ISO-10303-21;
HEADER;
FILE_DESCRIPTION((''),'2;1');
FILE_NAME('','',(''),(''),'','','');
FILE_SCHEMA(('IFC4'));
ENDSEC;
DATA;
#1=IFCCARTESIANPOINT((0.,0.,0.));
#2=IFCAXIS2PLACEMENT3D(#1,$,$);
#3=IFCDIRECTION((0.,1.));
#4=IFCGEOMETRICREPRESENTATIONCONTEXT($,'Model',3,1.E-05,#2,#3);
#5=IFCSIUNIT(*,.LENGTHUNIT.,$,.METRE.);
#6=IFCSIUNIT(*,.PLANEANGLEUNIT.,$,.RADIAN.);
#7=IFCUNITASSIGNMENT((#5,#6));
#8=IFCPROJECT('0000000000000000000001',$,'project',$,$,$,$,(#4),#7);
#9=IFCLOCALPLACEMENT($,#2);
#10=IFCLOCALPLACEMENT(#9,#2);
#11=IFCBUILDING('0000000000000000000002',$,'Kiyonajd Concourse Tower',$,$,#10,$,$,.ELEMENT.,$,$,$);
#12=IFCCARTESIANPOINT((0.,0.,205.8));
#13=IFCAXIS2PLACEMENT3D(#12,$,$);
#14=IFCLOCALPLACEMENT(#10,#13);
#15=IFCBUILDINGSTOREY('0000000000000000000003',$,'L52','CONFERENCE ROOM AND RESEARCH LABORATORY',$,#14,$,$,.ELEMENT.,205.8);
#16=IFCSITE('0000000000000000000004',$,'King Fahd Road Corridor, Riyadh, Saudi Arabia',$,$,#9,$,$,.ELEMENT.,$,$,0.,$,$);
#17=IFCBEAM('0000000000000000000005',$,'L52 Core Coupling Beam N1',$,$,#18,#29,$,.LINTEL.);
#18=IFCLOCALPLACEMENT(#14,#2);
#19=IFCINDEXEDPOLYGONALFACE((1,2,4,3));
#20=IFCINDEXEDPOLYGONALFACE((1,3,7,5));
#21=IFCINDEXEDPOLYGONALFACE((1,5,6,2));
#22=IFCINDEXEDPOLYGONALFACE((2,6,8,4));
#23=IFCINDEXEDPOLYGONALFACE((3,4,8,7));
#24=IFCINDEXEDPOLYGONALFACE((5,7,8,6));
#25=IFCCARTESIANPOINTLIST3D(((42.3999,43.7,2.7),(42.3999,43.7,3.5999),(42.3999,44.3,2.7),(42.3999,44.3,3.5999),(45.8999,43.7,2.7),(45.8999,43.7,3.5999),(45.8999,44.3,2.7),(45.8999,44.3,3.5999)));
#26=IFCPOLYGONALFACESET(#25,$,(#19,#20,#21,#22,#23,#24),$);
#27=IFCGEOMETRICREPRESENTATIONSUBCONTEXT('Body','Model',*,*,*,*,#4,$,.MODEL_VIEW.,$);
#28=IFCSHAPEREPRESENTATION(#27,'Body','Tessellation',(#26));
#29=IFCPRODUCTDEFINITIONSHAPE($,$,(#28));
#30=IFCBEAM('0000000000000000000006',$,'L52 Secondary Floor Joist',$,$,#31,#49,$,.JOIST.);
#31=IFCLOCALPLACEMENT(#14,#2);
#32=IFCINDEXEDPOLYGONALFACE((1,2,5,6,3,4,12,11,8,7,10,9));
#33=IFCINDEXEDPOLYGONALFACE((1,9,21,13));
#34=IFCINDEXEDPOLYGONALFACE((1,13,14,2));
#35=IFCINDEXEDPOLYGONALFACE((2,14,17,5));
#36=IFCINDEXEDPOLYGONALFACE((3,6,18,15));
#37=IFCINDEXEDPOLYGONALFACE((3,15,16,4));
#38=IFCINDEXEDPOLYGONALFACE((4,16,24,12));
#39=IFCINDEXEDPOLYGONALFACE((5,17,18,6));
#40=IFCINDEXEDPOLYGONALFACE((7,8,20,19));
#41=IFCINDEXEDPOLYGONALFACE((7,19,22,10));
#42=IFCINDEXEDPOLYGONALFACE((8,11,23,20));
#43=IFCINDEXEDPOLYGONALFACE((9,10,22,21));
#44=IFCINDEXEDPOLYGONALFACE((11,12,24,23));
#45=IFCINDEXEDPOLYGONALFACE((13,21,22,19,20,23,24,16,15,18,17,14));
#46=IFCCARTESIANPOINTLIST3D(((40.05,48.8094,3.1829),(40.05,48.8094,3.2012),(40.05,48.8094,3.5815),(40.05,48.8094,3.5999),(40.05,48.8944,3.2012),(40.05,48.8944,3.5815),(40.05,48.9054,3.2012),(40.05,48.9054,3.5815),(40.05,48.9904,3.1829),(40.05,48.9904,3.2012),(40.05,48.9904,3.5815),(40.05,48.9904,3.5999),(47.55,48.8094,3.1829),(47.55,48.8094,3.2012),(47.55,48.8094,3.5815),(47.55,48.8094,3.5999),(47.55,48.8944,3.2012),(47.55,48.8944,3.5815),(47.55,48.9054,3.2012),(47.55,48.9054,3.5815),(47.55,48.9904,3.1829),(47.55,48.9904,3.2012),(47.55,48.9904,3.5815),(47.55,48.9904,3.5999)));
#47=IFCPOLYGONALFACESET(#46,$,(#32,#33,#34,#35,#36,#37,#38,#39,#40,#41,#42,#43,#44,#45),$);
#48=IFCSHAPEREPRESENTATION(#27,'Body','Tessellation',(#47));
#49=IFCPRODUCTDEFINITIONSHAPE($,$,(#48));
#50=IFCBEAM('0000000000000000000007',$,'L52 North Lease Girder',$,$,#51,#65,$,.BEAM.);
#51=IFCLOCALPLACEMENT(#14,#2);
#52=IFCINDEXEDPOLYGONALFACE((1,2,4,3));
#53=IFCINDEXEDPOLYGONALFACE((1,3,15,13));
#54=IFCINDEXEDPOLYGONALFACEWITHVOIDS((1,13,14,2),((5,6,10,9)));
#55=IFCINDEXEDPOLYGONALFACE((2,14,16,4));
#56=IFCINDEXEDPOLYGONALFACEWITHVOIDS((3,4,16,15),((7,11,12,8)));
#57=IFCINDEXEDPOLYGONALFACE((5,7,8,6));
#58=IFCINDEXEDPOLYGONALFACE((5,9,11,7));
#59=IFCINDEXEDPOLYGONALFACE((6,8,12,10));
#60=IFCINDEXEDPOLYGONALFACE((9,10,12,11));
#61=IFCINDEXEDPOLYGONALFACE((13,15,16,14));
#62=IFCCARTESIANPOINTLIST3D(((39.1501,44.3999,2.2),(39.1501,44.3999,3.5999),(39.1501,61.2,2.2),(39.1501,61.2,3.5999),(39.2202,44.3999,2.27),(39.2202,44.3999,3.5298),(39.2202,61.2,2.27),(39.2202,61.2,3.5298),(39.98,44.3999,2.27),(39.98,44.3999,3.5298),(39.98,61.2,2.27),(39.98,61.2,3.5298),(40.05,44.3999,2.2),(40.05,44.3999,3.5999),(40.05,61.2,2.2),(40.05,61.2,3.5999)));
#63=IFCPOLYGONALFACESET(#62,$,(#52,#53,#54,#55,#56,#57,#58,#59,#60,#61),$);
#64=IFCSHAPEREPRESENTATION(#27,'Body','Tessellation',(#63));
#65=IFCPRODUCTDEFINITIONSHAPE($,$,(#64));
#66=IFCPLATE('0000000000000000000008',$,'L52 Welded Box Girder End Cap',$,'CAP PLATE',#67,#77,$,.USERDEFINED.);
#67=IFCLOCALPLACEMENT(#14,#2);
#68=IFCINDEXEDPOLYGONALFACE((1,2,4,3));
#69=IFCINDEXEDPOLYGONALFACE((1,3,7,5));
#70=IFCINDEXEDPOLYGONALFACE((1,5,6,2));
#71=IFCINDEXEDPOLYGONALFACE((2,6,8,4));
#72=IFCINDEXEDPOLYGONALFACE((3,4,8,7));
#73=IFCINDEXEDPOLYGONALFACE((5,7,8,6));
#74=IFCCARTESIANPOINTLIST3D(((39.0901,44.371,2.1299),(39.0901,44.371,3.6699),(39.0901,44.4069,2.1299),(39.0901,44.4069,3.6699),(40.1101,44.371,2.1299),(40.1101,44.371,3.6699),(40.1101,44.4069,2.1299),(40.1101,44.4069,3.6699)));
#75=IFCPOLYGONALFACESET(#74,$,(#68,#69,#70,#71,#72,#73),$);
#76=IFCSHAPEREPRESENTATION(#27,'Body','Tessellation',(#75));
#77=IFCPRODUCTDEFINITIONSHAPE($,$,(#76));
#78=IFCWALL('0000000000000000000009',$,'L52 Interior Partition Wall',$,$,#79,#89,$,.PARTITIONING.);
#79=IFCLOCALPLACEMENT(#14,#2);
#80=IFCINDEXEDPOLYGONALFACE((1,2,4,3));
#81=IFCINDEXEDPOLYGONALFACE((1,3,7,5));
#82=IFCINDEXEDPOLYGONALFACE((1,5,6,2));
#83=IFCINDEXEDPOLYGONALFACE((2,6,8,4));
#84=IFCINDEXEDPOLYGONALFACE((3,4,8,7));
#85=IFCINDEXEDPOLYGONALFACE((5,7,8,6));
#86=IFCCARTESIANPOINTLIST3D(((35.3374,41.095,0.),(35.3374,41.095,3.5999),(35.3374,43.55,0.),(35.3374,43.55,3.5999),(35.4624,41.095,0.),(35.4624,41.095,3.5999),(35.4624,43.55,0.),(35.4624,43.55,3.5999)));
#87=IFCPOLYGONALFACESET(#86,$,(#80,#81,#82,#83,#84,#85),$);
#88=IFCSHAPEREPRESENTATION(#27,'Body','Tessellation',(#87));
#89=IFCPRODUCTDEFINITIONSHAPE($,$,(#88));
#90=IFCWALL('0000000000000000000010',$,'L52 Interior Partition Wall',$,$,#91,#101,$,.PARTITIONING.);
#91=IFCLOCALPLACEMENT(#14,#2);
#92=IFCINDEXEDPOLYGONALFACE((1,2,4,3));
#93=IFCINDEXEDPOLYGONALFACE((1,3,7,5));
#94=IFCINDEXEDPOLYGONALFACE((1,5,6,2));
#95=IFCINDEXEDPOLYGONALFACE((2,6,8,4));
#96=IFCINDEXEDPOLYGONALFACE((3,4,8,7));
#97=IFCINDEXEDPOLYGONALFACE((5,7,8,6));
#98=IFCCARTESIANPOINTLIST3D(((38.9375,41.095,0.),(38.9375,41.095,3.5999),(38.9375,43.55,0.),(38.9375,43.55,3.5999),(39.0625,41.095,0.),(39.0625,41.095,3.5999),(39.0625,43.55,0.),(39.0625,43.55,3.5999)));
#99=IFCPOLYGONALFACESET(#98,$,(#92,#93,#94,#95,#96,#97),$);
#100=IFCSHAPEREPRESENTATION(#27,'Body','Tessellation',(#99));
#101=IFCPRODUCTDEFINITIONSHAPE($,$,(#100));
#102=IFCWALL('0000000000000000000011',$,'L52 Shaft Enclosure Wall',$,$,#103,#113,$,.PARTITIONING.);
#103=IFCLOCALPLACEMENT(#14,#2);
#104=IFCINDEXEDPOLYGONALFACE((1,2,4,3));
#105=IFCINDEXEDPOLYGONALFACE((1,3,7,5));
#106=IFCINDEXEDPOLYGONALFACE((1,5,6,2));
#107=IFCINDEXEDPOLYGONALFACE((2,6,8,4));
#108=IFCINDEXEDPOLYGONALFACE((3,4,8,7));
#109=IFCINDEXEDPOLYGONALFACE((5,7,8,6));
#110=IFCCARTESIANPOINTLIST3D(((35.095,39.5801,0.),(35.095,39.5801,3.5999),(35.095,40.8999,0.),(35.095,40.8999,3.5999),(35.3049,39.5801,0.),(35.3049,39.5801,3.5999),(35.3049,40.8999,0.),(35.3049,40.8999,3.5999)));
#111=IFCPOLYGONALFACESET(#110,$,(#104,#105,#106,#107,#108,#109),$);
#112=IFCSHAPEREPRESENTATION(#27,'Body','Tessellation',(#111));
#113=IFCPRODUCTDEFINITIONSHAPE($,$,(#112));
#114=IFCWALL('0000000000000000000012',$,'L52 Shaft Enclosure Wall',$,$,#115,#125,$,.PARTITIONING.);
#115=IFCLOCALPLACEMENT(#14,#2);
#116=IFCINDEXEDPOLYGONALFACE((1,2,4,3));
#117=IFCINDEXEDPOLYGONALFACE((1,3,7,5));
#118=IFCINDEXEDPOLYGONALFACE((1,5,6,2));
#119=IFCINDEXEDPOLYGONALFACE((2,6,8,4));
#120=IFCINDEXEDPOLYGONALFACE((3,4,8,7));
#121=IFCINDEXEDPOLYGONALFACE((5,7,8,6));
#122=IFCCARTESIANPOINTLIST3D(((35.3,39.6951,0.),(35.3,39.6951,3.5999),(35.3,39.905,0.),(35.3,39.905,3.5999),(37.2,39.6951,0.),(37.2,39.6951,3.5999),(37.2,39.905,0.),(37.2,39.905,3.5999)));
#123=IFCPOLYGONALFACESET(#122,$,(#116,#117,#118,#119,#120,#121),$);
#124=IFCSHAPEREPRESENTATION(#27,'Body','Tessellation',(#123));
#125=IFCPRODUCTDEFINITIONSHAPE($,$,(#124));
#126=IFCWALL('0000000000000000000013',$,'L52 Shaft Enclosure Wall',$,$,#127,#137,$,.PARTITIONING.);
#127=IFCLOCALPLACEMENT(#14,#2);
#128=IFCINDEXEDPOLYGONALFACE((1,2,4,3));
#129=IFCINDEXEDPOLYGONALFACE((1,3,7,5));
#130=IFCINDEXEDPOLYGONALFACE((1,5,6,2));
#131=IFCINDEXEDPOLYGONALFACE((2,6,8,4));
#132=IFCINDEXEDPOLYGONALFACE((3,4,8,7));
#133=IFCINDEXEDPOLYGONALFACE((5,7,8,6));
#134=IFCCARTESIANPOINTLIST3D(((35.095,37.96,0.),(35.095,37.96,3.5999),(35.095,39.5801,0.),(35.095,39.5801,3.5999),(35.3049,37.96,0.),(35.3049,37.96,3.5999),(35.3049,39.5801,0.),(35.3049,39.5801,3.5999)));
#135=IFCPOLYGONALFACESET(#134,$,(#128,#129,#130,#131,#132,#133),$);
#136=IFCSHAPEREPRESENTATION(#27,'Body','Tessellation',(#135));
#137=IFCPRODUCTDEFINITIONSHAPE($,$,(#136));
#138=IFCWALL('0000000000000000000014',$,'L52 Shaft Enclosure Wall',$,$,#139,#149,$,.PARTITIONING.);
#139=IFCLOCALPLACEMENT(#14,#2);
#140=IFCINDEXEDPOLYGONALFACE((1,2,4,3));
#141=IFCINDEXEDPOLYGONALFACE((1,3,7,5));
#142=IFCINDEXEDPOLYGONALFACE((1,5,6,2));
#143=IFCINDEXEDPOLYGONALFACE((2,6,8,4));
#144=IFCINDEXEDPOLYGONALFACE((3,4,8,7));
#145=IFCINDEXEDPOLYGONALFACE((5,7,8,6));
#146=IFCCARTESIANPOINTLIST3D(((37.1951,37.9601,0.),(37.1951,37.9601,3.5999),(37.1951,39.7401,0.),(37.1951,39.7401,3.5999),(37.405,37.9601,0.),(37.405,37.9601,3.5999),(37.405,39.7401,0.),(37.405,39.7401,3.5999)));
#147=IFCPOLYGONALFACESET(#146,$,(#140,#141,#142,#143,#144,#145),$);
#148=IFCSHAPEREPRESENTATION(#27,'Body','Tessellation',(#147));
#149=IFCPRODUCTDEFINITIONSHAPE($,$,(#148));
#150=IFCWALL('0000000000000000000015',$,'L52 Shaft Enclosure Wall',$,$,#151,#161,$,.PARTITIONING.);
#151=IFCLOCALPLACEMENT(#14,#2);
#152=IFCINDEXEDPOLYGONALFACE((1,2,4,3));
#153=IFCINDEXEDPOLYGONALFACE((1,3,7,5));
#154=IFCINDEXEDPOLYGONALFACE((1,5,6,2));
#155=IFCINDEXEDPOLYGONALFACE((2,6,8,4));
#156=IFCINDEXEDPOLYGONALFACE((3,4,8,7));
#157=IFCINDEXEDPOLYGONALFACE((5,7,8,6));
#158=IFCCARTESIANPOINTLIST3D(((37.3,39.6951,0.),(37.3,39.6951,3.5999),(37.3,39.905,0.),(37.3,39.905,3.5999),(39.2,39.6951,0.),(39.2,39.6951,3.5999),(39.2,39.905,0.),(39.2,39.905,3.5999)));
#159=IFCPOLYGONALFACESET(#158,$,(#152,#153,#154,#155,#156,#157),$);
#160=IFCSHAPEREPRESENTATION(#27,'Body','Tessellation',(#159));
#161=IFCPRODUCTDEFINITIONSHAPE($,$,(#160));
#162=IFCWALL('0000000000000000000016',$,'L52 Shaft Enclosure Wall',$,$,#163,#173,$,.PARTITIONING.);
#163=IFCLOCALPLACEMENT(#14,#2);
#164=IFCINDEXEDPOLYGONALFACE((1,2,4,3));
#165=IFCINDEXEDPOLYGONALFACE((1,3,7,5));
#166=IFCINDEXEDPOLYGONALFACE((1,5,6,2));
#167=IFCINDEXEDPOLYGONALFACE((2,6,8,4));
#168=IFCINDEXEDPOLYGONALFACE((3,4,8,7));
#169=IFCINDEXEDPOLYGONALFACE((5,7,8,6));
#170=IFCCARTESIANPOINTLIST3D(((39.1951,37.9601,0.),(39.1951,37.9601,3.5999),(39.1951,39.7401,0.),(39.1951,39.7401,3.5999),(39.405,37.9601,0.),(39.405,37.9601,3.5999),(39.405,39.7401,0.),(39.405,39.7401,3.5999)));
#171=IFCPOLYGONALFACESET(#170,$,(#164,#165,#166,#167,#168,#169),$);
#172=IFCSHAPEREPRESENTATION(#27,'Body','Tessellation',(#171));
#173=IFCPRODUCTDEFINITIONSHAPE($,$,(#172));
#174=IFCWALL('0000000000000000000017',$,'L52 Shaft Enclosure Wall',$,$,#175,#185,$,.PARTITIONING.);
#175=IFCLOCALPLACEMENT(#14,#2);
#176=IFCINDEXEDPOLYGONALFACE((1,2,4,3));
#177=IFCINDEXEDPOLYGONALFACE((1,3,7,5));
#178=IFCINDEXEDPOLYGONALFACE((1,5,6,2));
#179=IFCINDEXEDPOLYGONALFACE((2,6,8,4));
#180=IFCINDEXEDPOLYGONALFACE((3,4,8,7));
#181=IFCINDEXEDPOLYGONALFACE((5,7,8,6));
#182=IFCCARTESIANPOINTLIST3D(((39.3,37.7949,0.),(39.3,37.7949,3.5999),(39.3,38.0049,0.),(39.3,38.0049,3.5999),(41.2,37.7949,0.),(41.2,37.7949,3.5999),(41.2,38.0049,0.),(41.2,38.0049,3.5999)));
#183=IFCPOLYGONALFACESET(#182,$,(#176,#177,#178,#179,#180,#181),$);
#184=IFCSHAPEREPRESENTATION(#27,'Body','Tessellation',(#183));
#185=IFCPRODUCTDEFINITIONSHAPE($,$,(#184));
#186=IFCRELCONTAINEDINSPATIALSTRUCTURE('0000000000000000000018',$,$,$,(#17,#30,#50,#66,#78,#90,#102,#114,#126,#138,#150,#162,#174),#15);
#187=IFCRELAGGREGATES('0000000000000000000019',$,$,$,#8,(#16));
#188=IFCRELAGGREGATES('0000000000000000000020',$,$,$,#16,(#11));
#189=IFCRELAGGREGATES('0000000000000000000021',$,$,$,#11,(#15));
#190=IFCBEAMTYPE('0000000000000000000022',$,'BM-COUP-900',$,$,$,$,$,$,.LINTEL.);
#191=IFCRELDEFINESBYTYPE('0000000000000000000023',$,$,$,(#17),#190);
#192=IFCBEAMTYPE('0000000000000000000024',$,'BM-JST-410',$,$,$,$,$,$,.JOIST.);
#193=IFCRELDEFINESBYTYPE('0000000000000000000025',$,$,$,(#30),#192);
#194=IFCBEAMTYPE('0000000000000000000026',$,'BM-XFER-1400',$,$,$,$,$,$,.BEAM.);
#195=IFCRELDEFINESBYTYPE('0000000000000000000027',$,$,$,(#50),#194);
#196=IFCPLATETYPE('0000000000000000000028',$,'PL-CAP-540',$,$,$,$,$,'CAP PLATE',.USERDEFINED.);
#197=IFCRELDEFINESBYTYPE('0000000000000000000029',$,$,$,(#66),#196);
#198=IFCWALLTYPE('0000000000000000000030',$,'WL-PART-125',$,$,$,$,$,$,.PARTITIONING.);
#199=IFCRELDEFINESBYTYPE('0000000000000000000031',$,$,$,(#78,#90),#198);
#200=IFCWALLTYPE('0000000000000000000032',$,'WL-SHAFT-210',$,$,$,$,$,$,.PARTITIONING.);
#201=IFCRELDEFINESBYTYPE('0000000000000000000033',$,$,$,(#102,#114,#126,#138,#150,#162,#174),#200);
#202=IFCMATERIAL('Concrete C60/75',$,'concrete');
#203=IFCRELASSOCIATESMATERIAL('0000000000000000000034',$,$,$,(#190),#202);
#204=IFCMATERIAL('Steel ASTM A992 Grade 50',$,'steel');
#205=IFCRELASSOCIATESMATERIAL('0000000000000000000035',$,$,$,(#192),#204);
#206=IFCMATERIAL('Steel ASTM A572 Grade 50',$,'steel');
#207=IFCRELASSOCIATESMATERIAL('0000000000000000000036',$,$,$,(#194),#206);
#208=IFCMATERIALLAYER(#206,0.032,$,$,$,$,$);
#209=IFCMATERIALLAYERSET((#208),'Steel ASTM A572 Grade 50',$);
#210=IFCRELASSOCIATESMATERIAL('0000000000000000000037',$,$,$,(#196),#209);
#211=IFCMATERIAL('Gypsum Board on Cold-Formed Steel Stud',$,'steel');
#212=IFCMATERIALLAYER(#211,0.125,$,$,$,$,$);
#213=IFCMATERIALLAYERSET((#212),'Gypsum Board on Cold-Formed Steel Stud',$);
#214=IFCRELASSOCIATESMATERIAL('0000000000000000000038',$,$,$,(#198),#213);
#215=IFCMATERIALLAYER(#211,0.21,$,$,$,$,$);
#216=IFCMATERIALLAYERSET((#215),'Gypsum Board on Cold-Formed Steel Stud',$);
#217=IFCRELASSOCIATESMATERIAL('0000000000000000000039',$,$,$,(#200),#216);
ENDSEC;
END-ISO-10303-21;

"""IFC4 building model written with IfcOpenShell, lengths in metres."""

from ifc_helpers import new_model, si_unit, direction, frame, frame_2d, origin, origin_2d, place, context, subcontext, project, spatial, rectangle, hollow_rectangle, i_section, extrude, material, layer, layer_set, material_profile, profile_set, type_object, element, save


model = new_model("IFC4")

# Units and contexts
model_context = context("Model", 3, precision=1e-05, world=origin(), true_north=direction((0.0, 1.0)))
body_context = subcontext(model_context, "Body", "Model", "MODEL_VIEW")
ifc_project = project(units=[si_unit("LENGTHUNIT", "METRE"), si_unit("PLANEANGLEUNIT", "RADIAN")], contexts=[model_context])

# Site, building, storey
site_placement = place(None, origin())
site = spatial("IfcSite", under=ifc_project, at=site_placement, Name="King Fahd Road Corridor, Riyadh, Saudi Arabia", CompositionType="ELEMENT", RefElevation=0.0)
building_placement = place(site_placement, origin())
building = spatial("IfcBuilding", under=site, at=building_placement, Name="Kiyonajd Concourse Tower", CompositionType="ELEMENT")
storey_placement = place(building_placement, frame((0.0, 0.0, 205.8)))
storey = spatial("IfcBuildingStorey", under=building, at=storey_placement, Name="L52", Description="CONFERENCE ROOM AND RESEARCH LABORATORY", CompositionType="ELEMENT", Elevation=205.8)

# Beams
ifc_material_1 = material(Name="Concrete C60/75", Category="concrete")
ifc_material_profile_1 = material_profile(ifc_material_1, rectangle(XDim=0.6001, YDim=0.8999, at=origin_2d()), Name="RCBM-600x900")
ifc_profile_set_1 = profile_set([ifc_material_profile_1], Name="Concrete C60/75")
beam_type_1 = type_object("IfcBeamType", Name="BM-COUP-900", PredefinedType="LINTEL", material=ifc_profile_set_1)
beam_1_placement = place(storey_placement, frame((42.3999, 44.0, 3.1499), z_axis=(1.0, 0.0, 0.0), x_axis=(0.0, 1.0, 0.0)))
element("IfcBeam", 1, at=beam_1_placement, inside=storey, type_object=beam_type_1, Name="L52 Core Coupling Beam N1", PredefinedType="LINTEL", context=body_context, shape_type="SweptSolid", body=[
    extrude(rectangle(XDim=0.6001, YDim=0.8999, at=origin_2d()), origin(), (0.0, 0.0, 1.0), 3.5),
])
ifc_material_2 = material(Name="Steel ASTM A992 Grade 50", Category="steel")
ifc_material_profile_2 = material_profile(ifc_material_2, i_section(OverallWidth=0.1809, OverallDepth=0.417, WebThickness=0.011, FlangeThickness=0.0183, at=origin_2d()), Name="W410X85")
ifc_profile_set_2 = profile_set([ifc_material_profile_2], Name="Steel ASTM A992 Grade 50")
beam_type_2 = type_object("IfcBeamType", Name="BM-JST-410", PredefinedType="JOIST", material=ifc_profile_set_2)
beam_2_placement = place(storey_placement, frame((40.05, 48.8999, 3.3914), z_axis=(1.0, 0.0, 0.0), x_axis=(0.0, 1.0, 0.0)))
element("IfcBeam", 2, at=beam_2_placement, inside=storey, type_object=beam_type_2, Name="L52 Secondary Floor Joist", PredefinedType="JOIST", context=body_context, shape_type="SweptSolid", body=[
    extrude(i_section(OverallWidth=0.1809, OverallDepth=0.417, WebThickness=0.011, FlangeThickness=0.0183, at=origin_2d()), origin(), (0.0, 0.0, 1.0), 7.5),
])
ifc_material_3 = material(Name="Steel ASTM A572 Grade 50", Category="steel")
ifc_material_profile_3 = material_profile(ifc_material_3, hollow_rectangle(XDim=0.8999, YDim=1.3999, WallThickness=0.0701, at=origin_2d()), Name="BOX-1400x900x70")
ifc_profile_set_3 = profile_set([ifc_material_profile_3], Name="Steel ASTM A572 Grade 50")
beam_type_3 = type_object("IfcBeamType", Name="BM-XFER-1400", PredefinedType="BEAM", material=ifc_profile_set_3)
beam_3_placement = place(storey_placement, frame((39.6001, 44.3999, 2.8999), z_axis=(0.0, 1.0, 0.0), x_axis=(-1.0, 0.0, 0.0)))
element("IfcBeam", 3, at=beam_3_placement, inside=storey, type_object=beam_type_3, Name="L52 North Lease Girder", PredefinedType="BEAM", context=body_context, shape_type="SweptSolid", body=[
    extrude(hollow_rectangle(XDim=0.8999, YDim=1.3999, WallThickness=0.0701, at=origin_2d()), origin(), (0.0, 0.0, 1.0), 16.8),
])

# Plate
ifc_layer_1 = layer(ifc_material_3, 0.032)
ifc_layer_set_1 = layer_set([ifc_layer_1], Name="Steel ASTM A572 Grade 50")
plate_type = type_object("IfcPlateType", Name="PL-CAP-540", ElementType="CAP PLATE", PredefinedType="USERDEFINED", material=ifc_layer_set_1)
plate_placement = place(storey_placement, frame((39.6001, 44.3889, 2.1299), z_axis=(0.0, 0.0, 1.0), x_axis=(0.0, -1.0, 0.0)))
element("IfcPlate", 4, at=plate_placement, inside=storey, type_object=plate_type, Name="L52 Welded Box Girder End Cap", ObjectType="CAP PLATE", PredefinedType="USERDEFINED", context=body_context, shape_type="SweptSolid", body=[
    extrude(rectangle(XDim=0.0359, YDim=1.02, at=origin_2d()), origin(), (0.0, 0.0, 1.0), 1.54),
])

# Walls
ifc_material_4 = material(Name="Gypsum Board on Cold-Formed Steel Stud", Category="steel")
ifc_layer_2 = layer(ifc_material_4, 0.125)
ifc_layer_set_2 = layer_set([ifc_layer_2], Name="Gypsum Board on Cold-Formed Steel Stud")
wall_type_1 = type_object("IfcWallType", Name="WL-PART-125", PredefinedType="PARTITIONING", material=ifc_layer_set_2)
for number, where, z_axis, x_axis, name in (
    (5, (35.3999, 41.095, 0.0), (0.0, 0.0, 1.0), (0.0, 1.0, 0.0), "L52 Interior Partition Wall"),
    (6, (39.0, 41.095, 0.0), (0.0, 0.0, 1.0), (0.0, 1.0, 0.0), "L52 Interior Partition Wall"),
):
    element("IfcWall", number, at=place(storey_placement, frame(where, z_axis=z_axis, x_axis=x_axis)), inside=storey, type_object=wall_type_1, Name=name, PredefinedType="PARTITIONING", context=body_context, shape_type="SweptSolid", body=[
        extrude(rectangle(XDim=2.4551, YDim=0.125, at=frame_2d((1.2275, 0.0))), origin(), (0.0, 0.0, 1.0), 3.5999),
    ])
ifc_layer_3 = layer(ifc_material_4, 0.21)
ifc_layer_set_3 = layer_set([ifc_layer_3], Name="Gypsum Board on Cold-Formed Steel Stud")
wall_type_2 = type_object("IfcWallType", Name="WL-SHAFT-210", PredefinedType="PARTITIONING", material=ifc_layer_set_3)
wall_1_placement = place(storey_placement, frame((35.2, 39.5801, 0.0), z_axis=(0.0, 0.0, 1.0), x_axis=(0.0, 1.0, 0.0)))
element("IfcWall", 7, at=wall_1_placement, inside=storey, type_object=wall_type_2, Name="L52 Shaft Enclosure Wall", PredefinedType="PARTITIONING", context=body_context, shape_type="SweptSolid", body=[
    extrude(rectangle(XDim=1.3198, YDim=0.21, at=frame_2d((0.6599, 0.0))), origin(), (0.0, 0.0, 1.0), 3.5999),
])
wall_2_placement = place(storey_placement, frame((35.3, 39.8, 0.0), z_axis=(0.0, 0.0, 1.0), x_axis=(1.0, 0.0, 0.0)))
element("IfcWall", 8, at=wall_2_placement, inside=storey, type_object=wall_type_2, Name="L52 Shaft Enclosure Wall", PredefinedType="PARTITIONING", context=body_context, shape_type="SweptSolid", body=[
    extrude(rectangle(XDim=1.8999, YDim=0.21, at=frame_2d((0.95, 0.0))), origin(), (0.0, 0.0, 1.0), 3.5999),
])
wall_3_placement = place(storey_placement, frame((35.2, 37.96, 0.0), z_axis=(0.0, 0.0, 1.0), x_axis=(0.0, 1.0, 0.0)))
element("IfcWall", 9, at=wall_3_placement, inside=storey, type_object=wall_type_2, Name="L52 Shaft Enclosure Wall", PredefinedType="PARTITIONING", context=body_context, shape_type="SweptSolid", body=[
    extrude(rectangle(XDim=1.6201, YDim=0.21, at=frame_2d((0.8101, 0.0))), origin(), (0.0, 0.0, 1.0), 3.5999),
])
wall_4_placement = place(storey_placement, frame((37.3, 37.96, 0.0), z_axis=(0.0, 0.0, 1.0), x_axis=(0.0, 1.0, 0.0)))
element("IfcWall", 10, at=wall_4_placement, inside=storey, type_object=wall_type_2, Name="L52 Shaft Enclosure Wall", PredefinedType="PARTITIONING", context=body_context, shape_type="SweptSolid", body=[
    extrude(rectangle(XDim=1.78, YDim=0.21, at=frame_2d((0.8901, 0.0))), origin(), (0.0, 0.0, 1.0), 3.5999),
])
wall_5_placement = place(storey_placement, frame((37.3, 39.8, 0.0), z_axis=(0.0, 0.0, 1.0), x_axis=(1.0, 0.0, 0.0)))
element("IfcWall", 11, at=wall_5_placement, inside=storey, type_object=wall_type_2, Name="L52 Shaft Enclosure Wall", PredefinedType="PARTITIONING", context=body_context, shape_type="SweptSolid", body=[
    extrude(rectangle(XDim=1.8999, YDim=0.21, at=frame_2d((0.95, 0.0))), origin(), (0.0, 0.0, 1.0), 3.5999),
])
wall_6_placement = place(storey_placement, frame((39.3, 37.96, 0.0), z_axis=(0.0, 0.0, 1.0), x_axis=(0.0, 1.0, 0.0)))
element("IfcWall", 12, at=wall_6_placement, inside=storey, type_object=wall_type_2, Name="L52 Shaft Enclosure Wall", PredefinedType="PARTITIONING", context=body_context, shape_type="SweptSolid", body=[
    extrude(rectangle(XDim=1.78, YDim=0.21, at=frame_2d((0.8901, 0.0))), origin(), (0.0, 0.0, 1.0), 3.5999),
])
for number, where, z_axis, x_axis, name in (
    (13, (39.3, 37.8999, 0.0), (0.0, 0.0, 1.0), (1.0, 0.0, 0.0), "L52 Shaft Enclosure Wall"),
):
    element("IfcWall", number, at=place(storey_placement, frame(where, z_axis=z_axis, x_axis=x_axis)), inside=storey, type_object=wall_type_2, Name=name, PredefinedType="PARTITIONING", context=body_context, shape_type="SweptSolid", body=[
        extrude(rectangle(XDim=1.8999, YDim=0.21, at=frame_2d((0.95, 0.0))), origin(), (0.0, 0.0, 1.0), 3.5999),
    ])

save(model, "model.ifc")
